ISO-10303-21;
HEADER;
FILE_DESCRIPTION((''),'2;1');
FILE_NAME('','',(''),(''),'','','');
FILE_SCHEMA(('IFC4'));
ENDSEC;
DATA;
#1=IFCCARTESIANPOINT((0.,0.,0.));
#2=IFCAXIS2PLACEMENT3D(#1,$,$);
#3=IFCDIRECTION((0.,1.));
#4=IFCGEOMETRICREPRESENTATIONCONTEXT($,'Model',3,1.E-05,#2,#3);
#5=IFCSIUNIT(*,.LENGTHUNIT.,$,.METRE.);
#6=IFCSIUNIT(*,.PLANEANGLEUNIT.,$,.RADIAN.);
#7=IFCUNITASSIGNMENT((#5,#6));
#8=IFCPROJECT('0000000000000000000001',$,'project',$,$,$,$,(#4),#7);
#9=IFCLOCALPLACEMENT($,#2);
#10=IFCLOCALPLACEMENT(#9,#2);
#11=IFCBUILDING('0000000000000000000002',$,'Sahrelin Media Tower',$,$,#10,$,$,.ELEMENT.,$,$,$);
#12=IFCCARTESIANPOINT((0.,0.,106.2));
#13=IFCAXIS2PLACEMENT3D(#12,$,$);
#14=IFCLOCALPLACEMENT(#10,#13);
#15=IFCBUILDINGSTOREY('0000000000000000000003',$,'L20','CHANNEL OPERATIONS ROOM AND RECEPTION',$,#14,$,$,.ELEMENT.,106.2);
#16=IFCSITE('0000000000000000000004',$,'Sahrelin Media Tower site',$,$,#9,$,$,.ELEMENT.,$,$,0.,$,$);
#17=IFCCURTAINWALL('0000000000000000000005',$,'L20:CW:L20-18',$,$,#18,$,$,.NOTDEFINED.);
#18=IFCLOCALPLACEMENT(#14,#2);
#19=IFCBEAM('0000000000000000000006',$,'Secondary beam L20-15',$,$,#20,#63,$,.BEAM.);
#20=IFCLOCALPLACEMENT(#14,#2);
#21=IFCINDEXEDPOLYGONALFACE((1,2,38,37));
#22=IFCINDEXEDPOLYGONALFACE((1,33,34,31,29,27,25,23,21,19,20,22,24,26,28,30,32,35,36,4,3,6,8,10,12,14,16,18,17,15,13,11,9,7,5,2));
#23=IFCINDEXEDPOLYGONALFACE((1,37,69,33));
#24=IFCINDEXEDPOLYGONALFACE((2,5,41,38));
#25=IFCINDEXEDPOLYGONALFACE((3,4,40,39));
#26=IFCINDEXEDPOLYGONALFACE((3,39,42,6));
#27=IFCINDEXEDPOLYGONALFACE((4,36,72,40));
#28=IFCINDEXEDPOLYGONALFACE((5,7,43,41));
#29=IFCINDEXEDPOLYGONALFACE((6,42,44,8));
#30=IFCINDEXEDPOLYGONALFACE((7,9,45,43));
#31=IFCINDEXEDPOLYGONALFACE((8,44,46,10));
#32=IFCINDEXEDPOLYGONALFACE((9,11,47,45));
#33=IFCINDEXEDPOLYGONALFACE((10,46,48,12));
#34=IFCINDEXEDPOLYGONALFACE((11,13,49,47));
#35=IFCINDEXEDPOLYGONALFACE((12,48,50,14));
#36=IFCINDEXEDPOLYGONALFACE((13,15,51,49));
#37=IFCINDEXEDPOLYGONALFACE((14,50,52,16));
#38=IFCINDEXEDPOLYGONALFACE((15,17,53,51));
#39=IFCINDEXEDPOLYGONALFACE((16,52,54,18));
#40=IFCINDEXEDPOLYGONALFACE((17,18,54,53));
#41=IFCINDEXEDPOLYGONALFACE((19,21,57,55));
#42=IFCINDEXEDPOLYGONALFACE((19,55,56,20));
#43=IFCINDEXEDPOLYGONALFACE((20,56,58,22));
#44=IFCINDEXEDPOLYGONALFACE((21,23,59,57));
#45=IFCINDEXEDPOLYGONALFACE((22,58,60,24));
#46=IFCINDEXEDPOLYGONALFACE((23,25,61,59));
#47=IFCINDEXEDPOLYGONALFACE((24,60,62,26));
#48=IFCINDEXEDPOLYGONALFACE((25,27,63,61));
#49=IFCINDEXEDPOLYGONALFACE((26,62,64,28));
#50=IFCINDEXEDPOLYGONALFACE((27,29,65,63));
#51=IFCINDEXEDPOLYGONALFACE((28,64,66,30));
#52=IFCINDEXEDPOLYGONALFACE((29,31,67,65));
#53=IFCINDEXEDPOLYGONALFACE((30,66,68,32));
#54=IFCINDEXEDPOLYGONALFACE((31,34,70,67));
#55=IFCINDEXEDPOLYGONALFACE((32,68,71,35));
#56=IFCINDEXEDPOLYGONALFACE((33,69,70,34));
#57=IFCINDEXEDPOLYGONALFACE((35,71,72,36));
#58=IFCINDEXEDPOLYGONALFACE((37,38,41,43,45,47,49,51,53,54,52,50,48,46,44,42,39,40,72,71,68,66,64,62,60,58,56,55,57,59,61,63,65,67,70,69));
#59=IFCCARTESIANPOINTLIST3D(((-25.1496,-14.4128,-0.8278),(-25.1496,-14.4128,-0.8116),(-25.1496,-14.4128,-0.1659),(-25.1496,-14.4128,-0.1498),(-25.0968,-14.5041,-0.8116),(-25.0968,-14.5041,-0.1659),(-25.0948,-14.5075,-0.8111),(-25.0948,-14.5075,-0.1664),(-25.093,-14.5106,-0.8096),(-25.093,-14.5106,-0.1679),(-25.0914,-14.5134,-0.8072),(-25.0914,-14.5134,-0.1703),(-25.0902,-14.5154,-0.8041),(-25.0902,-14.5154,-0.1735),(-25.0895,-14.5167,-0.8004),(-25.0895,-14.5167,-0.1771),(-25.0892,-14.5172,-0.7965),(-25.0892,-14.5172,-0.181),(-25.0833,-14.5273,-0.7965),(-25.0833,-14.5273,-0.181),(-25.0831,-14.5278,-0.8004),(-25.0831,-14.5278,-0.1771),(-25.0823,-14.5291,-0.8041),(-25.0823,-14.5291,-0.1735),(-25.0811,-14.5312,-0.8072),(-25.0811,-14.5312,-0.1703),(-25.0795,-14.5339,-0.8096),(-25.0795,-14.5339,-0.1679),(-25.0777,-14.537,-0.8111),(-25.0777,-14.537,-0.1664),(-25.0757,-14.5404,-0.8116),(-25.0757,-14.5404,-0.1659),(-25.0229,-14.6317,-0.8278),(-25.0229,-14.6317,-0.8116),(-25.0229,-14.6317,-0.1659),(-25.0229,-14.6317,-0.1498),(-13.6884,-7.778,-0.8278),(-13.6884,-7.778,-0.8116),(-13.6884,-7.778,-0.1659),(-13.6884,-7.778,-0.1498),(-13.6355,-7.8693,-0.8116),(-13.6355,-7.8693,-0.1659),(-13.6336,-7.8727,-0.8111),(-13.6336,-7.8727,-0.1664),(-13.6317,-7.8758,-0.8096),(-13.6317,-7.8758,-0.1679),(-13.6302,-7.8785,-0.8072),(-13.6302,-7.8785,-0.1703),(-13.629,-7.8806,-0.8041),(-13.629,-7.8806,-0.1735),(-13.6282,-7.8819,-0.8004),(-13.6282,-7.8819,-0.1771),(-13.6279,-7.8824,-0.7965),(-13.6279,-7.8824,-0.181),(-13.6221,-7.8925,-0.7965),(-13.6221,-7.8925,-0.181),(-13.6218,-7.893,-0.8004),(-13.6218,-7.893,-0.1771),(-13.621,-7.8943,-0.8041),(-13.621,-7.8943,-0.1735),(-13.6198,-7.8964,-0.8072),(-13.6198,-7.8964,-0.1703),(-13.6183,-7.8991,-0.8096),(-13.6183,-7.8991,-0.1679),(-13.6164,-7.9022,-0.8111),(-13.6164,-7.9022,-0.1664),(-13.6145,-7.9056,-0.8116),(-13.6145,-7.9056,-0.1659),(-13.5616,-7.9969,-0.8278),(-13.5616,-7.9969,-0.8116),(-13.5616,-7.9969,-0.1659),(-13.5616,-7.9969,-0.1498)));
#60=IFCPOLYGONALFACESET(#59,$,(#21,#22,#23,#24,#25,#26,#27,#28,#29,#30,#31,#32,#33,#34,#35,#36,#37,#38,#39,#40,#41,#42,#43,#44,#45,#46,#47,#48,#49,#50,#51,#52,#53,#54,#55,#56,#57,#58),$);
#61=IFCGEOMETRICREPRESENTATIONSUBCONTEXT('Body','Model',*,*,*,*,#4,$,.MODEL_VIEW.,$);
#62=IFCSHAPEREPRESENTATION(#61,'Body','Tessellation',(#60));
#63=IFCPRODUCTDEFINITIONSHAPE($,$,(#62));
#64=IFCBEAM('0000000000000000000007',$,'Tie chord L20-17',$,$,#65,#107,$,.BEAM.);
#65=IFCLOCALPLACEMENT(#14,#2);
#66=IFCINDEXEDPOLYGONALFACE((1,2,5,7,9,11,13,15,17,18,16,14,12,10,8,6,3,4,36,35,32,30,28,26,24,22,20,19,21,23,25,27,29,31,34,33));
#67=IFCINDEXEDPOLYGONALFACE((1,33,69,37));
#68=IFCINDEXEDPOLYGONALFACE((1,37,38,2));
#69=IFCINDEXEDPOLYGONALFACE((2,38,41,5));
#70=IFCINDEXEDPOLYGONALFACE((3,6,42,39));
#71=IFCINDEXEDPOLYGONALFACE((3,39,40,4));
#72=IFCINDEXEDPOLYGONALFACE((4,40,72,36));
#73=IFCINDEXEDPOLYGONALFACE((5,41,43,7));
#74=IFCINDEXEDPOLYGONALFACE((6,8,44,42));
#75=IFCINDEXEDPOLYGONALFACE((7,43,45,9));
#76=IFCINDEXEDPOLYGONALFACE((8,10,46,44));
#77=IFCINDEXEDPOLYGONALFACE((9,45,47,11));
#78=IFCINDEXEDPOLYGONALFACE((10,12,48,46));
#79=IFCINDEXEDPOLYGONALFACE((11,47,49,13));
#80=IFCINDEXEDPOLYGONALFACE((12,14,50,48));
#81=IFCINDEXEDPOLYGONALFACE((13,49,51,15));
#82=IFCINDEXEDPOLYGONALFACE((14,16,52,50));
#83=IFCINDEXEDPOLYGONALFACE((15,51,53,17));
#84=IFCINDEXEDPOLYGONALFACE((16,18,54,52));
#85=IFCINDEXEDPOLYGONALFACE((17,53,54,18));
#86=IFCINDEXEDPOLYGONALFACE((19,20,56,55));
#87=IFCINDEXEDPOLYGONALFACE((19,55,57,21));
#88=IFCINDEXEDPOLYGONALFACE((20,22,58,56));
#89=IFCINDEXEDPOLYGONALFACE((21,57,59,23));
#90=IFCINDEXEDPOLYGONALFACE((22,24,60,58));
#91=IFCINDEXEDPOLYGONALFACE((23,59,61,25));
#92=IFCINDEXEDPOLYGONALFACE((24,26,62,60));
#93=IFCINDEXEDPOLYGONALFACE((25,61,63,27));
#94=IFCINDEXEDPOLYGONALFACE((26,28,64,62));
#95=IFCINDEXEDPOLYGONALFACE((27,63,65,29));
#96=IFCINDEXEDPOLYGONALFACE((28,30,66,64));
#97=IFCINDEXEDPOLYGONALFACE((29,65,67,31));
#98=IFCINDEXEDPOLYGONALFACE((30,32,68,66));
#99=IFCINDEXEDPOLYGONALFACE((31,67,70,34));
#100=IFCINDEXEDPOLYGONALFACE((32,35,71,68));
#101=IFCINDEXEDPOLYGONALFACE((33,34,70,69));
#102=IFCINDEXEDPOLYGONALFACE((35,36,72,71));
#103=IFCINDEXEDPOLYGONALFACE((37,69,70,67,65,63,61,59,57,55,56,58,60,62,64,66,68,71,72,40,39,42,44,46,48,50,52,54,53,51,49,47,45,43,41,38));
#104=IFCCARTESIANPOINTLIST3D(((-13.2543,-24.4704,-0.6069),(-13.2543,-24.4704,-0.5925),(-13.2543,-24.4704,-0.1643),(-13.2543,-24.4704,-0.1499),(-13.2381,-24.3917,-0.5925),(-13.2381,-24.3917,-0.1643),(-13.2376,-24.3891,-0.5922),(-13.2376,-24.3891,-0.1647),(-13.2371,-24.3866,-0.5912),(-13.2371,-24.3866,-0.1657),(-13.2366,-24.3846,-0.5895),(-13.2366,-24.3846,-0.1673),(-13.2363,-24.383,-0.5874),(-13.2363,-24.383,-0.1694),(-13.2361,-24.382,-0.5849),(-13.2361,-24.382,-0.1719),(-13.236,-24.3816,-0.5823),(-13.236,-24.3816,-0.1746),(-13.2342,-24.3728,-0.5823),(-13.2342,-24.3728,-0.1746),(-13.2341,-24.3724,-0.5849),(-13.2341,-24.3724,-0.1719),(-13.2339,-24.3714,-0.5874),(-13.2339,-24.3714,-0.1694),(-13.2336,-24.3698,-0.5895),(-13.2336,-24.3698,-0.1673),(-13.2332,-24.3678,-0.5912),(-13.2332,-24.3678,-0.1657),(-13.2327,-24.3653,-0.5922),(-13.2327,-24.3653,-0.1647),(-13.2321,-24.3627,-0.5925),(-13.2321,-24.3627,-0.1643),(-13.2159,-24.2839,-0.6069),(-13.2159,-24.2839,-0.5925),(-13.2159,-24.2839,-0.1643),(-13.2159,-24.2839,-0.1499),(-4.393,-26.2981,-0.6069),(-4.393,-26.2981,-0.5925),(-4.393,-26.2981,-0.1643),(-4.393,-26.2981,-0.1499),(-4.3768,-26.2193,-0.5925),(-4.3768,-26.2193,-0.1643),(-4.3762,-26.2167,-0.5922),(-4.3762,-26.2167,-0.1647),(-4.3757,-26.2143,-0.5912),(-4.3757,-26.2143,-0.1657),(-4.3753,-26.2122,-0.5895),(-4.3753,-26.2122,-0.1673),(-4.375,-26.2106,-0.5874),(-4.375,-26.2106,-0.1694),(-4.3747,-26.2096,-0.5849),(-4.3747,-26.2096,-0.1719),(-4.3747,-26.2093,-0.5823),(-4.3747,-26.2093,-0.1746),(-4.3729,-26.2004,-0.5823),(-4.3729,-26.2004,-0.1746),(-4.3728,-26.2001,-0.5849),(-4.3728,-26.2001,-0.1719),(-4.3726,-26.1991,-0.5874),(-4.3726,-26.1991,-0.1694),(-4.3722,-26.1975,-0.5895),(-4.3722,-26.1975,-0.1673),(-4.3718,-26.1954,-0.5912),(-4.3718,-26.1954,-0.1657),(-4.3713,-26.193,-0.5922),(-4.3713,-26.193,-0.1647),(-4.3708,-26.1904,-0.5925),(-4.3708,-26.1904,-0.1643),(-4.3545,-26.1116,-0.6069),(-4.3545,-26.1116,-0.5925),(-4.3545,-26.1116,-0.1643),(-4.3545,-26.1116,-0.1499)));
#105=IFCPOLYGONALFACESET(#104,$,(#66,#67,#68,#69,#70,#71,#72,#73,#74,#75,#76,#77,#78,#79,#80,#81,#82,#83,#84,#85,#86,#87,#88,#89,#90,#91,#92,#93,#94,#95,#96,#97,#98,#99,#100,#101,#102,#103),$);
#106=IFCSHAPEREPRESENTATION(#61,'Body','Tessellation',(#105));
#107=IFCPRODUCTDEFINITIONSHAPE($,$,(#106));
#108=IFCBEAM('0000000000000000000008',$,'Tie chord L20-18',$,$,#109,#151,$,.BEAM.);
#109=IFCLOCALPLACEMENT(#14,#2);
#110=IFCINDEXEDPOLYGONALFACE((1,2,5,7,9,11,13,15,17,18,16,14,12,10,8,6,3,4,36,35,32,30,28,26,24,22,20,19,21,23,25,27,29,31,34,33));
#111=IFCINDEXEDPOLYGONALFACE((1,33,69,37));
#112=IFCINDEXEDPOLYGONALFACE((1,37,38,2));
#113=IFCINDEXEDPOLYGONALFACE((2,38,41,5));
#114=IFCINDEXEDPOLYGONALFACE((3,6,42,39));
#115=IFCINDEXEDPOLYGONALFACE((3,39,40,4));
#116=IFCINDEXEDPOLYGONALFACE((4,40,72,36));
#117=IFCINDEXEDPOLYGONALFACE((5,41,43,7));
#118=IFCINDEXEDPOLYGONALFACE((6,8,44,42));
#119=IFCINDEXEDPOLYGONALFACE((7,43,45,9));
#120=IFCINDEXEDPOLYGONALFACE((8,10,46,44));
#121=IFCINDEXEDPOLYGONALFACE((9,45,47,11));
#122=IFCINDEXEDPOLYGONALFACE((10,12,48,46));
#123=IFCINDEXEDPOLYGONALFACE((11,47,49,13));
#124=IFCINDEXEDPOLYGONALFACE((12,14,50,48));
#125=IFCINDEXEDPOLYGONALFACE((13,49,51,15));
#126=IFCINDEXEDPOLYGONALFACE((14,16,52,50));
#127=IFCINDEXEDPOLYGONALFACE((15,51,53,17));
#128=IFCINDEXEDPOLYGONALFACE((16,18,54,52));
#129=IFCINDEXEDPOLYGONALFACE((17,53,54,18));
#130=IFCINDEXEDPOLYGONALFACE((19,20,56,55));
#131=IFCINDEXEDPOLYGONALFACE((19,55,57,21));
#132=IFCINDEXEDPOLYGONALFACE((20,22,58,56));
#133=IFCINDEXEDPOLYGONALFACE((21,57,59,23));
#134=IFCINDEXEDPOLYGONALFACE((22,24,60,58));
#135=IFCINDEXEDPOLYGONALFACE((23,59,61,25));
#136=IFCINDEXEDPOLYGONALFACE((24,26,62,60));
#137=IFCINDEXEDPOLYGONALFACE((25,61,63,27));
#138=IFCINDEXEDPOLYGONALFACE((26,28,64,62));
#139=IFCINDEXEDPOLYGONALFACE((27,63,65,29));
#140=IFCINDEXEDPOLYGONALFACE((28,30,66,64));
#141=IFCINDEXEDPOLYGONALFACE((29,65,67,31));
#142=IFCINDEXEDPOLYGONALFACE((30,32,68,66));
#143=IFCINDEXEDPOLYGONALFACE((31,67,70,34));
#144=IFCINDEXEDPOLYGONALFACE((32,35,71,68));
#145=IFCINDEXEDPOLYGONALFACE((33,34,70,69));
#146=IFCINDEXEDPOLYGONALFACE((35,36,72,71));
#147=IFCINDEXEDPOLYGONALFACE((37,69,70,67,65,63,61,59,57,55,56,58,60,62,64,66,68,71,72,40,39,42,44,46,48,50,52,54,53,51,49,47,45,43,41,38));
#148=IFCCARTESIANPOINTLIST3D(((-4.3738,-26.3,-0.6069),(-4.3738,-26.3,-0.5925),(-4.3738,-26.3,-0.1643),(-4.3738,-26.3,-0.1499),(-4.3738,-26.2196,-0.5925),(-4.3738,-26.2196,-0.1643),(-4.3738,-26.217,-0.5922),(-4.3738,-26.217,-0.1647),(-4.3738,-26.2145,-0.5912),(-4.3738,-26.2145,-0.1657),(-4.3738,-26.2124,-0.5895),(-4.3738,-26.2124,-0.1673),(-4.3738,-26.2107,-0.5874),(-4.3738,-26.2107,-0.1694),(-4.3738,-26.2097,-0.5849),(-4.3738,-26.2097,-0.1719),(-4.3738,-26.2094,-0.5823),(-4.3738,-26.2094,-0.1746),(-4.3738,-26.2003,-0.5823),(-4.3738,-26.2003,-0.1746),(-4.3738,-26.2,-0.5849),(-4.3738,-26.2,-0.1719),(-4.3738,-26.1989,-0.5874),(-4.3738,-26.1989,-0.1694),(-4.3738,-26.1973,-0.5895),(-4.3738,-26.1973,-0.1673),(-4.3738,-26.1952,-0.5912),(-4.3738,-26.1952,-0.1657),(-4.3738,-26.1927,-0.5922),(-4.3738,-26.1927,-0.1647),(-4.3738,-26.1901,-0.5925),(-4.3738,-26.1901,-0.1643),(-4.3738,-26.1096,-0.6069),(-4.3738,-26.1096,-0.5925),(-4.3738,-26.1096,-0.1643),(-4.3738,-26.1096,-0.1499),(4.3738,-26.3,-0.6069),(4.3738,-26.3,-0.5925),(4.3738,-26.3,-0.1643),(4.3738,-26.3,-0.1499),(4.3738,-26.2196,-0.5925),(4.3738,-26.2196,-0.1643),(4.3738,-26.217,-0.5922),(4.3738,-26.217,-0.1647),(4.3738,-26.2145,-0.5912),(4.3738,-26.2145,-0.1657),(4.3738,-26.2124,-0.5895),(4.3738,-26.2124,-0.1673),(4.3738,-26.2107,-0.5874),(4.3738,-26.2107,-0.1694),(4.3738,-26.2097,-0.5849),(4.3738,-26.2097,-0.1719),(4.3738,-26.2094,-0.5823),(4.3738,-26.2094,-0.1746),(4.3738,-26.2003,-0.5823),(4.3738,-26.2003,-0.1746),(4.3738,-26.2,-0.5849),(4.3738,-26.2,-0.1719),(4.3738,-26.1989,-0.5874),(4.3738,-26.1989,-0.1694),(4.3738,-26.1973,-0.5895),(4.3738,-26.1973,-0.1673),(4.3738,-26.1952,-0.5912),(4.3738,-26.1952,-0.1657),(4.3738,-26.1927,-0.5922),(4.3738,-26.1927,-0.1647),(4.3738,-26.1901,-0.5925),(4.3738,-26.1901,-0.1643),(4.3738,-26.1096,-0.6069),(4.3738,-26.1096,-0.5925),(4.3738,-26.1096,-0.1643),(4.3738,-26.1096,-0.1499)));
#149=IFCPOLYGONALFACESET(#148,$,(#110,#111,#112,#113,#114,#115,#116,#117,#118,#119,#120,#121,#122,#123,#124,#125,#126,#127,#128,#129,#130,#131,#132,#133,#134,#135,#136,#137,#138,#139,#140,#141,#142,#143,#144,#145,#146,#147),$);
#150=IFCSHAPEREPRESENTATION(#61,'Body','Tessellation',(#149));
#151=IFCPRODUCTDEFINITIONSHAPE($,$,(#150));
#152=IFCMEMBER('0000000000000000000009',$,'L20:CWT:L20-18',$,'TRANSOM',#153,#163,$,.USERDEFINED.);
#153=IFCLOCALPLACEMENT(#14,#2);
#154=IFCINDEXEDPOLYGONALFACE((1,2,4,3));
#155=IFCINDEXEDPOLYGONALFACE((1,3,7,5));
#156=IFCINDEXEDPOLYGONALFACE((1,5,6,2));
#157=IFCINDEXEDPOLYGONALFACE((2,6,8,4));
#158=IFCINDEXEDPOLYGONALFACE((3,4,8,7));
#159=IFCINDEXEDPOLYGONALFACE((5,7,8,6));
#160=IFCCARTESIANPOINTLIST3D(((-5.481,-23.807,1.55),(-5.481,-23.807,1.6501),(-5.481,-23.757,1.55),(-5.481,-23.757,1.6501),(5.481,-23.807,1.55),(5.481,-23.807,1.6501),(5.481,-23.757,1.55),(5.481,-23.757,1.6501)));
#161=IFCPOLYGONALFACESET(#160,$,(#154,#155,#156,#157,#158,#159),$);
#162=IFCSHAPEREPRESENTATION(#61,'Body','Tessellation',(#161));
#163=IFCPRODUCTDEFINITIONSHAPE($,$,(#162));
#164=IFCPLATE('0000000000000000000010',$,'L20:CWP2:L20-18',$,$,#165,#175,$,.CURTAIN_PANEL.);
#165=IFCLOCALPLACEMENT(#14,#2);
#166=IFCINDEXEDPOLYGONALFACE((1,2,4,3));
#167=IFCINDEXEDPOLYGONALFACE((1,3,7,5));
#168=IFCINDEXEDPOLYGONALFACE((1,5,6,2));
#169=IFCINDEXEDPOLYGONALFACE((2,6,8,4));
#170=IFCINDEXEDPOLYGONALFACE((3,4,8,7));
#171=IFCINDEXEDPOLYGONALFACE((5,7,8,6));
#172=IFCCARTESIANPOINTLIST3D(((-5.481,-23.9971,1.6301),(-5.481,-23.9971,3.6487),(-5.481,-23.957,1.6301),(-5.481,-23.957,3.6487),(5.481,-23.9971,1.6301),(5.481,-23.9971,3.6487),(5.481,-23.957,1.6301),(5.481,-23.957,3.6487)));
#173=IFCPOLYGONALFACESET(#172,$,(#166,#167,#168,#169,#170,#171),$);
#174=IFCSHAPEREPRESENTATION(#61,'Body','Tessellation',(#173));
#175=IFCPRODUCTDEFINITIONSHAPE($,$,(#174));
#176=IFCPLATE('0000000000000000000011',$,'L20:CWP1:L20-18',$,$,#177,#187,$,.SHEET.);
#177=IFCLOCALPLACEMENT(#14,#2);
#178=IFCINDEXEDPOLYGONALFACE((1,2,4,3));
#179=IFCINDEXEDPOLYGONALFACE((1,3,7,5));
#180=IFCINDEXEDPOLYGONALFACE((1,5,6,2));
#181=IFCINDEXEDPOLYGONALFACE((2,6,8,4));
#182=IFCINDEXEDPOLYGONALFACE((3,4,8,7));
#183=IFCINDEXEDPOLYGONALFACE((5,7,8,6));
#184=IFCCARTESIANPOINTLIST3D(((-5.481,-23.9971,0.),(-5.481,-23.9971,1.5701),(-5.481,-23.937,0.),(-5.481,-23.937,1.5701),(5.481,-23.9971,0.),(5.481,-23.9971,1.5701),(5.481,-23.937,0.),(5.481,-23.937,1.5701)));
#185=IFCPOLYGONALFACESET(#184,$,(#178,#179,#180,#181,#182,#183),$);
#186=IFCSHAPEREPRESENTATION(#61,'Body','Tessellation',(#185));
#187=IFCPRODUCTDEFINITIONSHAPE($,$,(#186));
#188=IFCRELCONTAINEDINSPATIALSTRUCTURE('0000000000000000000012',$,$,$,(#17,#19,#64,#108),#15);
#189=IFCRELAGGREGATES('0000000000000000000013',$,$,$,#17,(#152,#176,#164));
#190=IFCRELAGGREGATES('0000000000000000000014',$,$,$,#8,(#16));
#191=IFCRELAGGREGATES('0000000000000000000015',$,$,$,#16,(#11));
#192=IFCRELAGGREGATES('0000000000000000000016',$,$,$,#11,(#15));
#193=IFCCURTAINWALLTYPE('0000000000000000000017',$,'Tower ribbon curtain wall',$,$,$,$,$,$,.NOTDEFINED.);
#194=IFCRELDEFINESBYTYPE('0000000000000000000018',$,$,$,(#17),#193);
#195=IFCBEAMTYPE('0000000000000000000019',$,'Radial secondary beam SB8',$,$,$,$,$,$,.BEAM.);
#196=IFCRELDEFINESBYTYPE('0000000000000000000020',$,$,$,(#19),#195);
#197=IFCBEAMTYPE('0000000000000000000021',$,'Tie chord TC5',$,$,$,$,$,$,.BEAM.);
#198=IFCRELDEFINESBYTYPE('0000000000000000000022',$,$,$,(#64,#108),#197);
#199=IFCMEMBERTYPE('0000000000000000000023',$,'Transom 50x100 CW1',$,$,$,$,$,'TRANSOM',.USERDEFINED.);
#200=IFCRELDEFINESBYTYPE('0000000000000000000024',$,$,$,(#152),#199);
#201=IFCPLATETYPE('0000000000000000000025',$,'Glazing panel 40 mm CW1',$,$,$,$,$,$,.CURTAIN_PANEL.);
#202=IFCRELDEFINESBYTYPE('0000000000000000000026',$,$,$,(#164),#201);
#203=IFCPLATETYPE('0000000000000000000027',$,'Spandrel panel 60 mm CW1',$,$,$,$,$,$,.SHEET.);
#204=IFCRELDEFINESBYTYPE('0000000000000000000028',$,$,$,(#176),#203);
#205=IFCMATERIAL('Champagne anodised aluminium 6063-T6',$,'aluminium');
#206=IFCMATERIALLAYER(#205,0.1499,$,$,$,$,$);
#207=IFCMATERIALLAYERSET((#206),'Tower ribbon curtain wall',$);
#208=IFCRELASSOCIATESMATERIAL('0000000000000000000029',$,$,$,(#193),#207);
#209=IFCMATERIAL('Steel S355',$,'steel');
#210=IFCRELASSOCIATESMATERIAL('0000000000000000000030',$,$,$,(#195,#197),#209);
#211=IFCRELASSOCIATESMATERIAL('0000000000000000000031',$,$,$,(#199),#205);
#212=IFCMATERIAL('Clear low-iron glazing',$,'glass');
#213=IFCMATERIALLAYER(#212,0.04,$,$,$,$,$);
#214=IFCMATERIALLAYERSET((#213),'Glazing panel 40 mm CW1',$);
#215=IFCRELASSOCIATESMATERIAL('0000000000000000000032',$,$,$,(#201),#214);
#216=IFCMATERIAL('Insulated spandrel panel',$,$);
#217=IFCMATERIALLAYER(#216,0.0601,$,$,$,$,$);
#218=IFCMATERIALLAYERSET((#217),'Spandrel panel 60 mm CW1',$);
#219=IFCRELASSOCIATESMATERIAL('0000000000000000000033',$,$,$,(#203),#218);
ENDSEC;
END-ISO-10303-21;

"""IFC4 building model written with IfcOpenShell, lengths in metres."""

from ifc_helpers import new_model, si_unit, direction, frame, origin, origin_2d, place, context, subcontext, project, spatial, polyline, rectangle, i_section, outline, extrude, material, layer, layer_set, material_profile, profile_set, type_object, element, aggregate, save


model = new_model("IFC4")

# Units and contexts
model_context = context("Model", 3, precision=1e-05, world=origin(), true_north=direction((0.0, 1.0)))
body_context = subcontext(model_context, "Body", "Model", "MODEL_VIEW")
ifc_project = project(units=[si_unit("LENGTHUNIT", "METRE"), si_unit("PLANEANGLEUNIT", "RADIAN")], contexts=[model_context])

# Site, building, storey
site_placement = place(None, origin())
site = spatial("IfcSite", under=ifc_project, at=site_placement, Name="Sahrelin Media Tower site", CompositionType="ELEMENT", RefElevation=0.0)
building_placement = place(site_placement, origin())
building = spatial("IfcBuilding", under=site, at=building_placement, Name="Sahrelin Media Tower", CompositionType="ELEMENT")
storey_placement = place(building_placement, frame((0.0, 0.0, 106.2)))
storey = spatial("IfcBuildingStorey", under=building, at=storey_placement, Name="L20", Description="CHANNEL OPERATIONS ROOM AND RECEPTION", CompositionType="ELEMENT", Elevation=106.2)

# Shared definitions
ifc_material_1 = material(Name="Steel S355", Category="steel")

# Curtain wall
ifc_material_2 = material(Name="Champagne anodised aluminium 6063-T6", Category="aluminium")
ifc_layer_1 = layer(ifc_material_2, 0.1499)
ifc_layer_set_1 = layer_set([ifc_layer_1], Name="Tower ribbon curtain wall")
curtain_wall_type = type_object("IfcCurtainWallType", Name="Tower ribbon curtain wall", PredefinedType="NOTDEFINED", material=ifc_layer_set_1)
curtain_wall_1_placement = place(storey_placement, frame((0.0, -23.9771, 0.0), z_axis=(0.0, 0.0, 1.0), x_axis=(1.0, 0.0, 0.0)))
curtain_wall_1 = element("IfcCurtainWall", 1, at=curtain_wall_1_placement, inside=storey, type_object=curtain_wall_type, Name="L20:CW:L20-18", PredefinedType="NOTDEFINED")

# Beams
ifc_material_profile_1 = material_profile(ifc_material_1, i_section(OverallWidth=0.2529, OverallDepth=0.678, WebThickness=0.0117, FlangeThickness=0.0161, FilletRadius=0.0151, at=origin_2d()), Name="UB 686x254x125")
ifc_profile_set_1 = profile_set([ifc_material_profile_1], Name="Steel S355")
beam_type_1 = type_object("IfcBeamType", Name="Radial secondary beam SB8", PredefinedType="BEAM", material=ifc_profile_set_1)
beam_1_placement = place(storey_placement, frame((-13.625, -7.8875, -0.4888), z_axis=(-0.865448, -0.500999, 0.0), x_axis=(0.500999, -0.865448, 0.0)))
element("IfcBeam", 2, at=beam_1_placement, inside=storey, type_object=beam_type_1, Name="Secondary beam L20-15", PredefinedType="BEAM", context=body_context, shape_type="SweptSolid", body=[
    extrude(i_section(OverallWidth=0.2529, OverallDepth=0.678, WebThickness=0.0117, FlangeThickness=0.0161, FilletRadius=0.0151, at=origin_2d()), origin(), (0.0, 0.0, 1.0), 13.2432),
])
ifc_material_profile_2 = material_profile(ifc_material_1, i_section(OverallWidth=0.1904, OverallDepth=0.457, WebThickness=0.009, FlangeThickness=0.0144, FilletRadius=0.0103, at=origin_2d()), Name="UB 457x191x74")
ifc_profile_set_2 = profile_set([ifc_material_profile_2], Name="Steel S355")
beam_type_2 = type_object("IfcBeamType", Name="Tie chord TC5", PredefinedType="BEAM", material=ifc_profile_set_2)
beam_2_placement = place(storey_placement, frame((-13.2351, -24.3772, -0.3784), z_axis=(0.979386, -0.201997, 0.0), x_axis=(0.201997, 0.979386, 0.0)))
element("IfcBeam", 3, at=beam_2_placement, inside=storey, type_object=beam_type_2, Name="Tie chord L20-17", PredefinedType="BEAM", context=body_context, shape_type="SweptSolid", body=[
    extrude(i_section(OverallWidth=0.1904, OverallDepth=0.457, WebThickness=0.009, FlangeThickness=0.0144, FilletRadius=0.0103, at=origin_2d()), origin(), (0.0, 0.0, 1.0), 9.0479),
])
beam_3_placement = place(storey_placement, frame((-4.3738, -26.2048, -0.3784), z_axis=(1.0, 0.0, 0.0), x_axis=(0.0, 1.0, 0.0)))
element("IfcBeam", 4, at=beam_3_placement, inside=storey, type_object=beam_type_2, Name="Tie chord L20-18", PredefinedType="BEAM", context=body_context, shape_type="SweptSolid", body=[
    extrude(i_section(OverallWidth=0.1904, OverallDepth=0.457, WebThickness=0.009, FlangeThickness=0.0144, FilletRadius=0.0103, at=origin_2d()), origin(), (0.0, 0.0, 1.0), 8.7476),
])

# Member
ifc_material_profile_3 = material_profile(ifc_material_2, rectangle(XDim=0.05, YDim=0.1001, at=origin_2d()), Name="Transom 50x100")
ifc_profile_set_3 = profile_set([ifc_material_profile_3], Name="Champagne anodised aluminium 6063-T6")
member_type_1 = type_object("IfcMemberType", Name="Transom 50x100 CW1", ElementType="TRANSOM", PredefinedType="USERDEFINED", material=ifc_profile_set_3)
member_1_placement = place(storey_placement, frame((-5.481, -23.782, 1.6001), z_axis=(1.0, 0.0, 0.0), x_axis=(0.0, 1.0, 0.0)))
member_1 = element("IfcMember", 5, at=member_1_placement, type_object=member_type_1, Name="L20:CWT:L20-18", ObjectType="TRANSOM", PredefinedType="USERDEFINED", context=body_context, shape_type="SweptSolid", body=[
    extrude(rectangle(XDim=0.05, YDim=0.1001, at=origin_2d()), origin(), (0.0, 0.0, 1.0), 10.9619),
])

# Plates
ifc_material_3 = material(Name="Clear low-iron glazing", Category="glass")
ifc_layer_2 = layer(ifc_material_3, 0.04)
ifc_layer_set_2 = layer_set([ifc_layer_2], Name="Glazing panel 40 mm CW1")
plate_type_1 = type_object("IfcPlateType", Name="Glazing panel 40 mm CW1", PredefinedType="CURTAIN_PANEL", material=ifc_layer_set_2)
plate_1_placement = place(storey_placement, frame((-5.481, -23.9971, 1.6301), z_axis=(0.0, -1.0, 0.0), x_axis=(1.0, 0.0, 0.0)))
plate_1 = element("IfcPlate", 6, at=plate_1_placement, type_object=plate_type_1, Name="L20:CWP2:L20-18", PredefinedType="CURTAIN_PANEL", context=body_context, shape_type="SweptSolid", body=[
    extrude(outline(polyline([(0.0, 0.0), (10.9619, 0.0), (10.9619, 2.0186), (0.0, 2.0186), (0.0, 0.0)])), origin(), (0.0, 0.0, -1.0), 0.04),
])
ifc_material_4 = material(Name="Insulated spandrel panel")
ifc_layer_3 = layer(ifc_material_4, 0.0601)
ifc_layer_set_3 = layer_set([ifc_layer_3], Name="Spandrel panel 60 mm CW1")
plate_type_2 = type_object("IfcPlateType", Name="Spandrel panel 60 mm CW1", PredefinedType="SHEET", material=ifc_layer_set_3)
plate_2_placement = place(storey_placement, frame((-5.481, -23.9971, 0.0), z_axis=(0.0, -1.0, 0.0), x_axis=(1.0, 0.0, 0.0)))
plate_2 = element("IfcPlate", 7, at=plate_2_placement, type_object=plate_type_2, Name="L20:CWP1:L20-18", PredefinedType="SHEET", context=body_context, shape_type="SweptSolid", body=[
    extrude(outline(polyline([(0.0, 0.0), (10.9619, 0.0), (10.9619, 1.5701), (0.0, 1.5701), (0.0, 0.0)])), origin(), (0.0, 0.0, -1.0), 0.0601),
])
aggregate(curtain_wall_1, [member_1, plate_2, plate_1])

save(model, "model.ifc")
